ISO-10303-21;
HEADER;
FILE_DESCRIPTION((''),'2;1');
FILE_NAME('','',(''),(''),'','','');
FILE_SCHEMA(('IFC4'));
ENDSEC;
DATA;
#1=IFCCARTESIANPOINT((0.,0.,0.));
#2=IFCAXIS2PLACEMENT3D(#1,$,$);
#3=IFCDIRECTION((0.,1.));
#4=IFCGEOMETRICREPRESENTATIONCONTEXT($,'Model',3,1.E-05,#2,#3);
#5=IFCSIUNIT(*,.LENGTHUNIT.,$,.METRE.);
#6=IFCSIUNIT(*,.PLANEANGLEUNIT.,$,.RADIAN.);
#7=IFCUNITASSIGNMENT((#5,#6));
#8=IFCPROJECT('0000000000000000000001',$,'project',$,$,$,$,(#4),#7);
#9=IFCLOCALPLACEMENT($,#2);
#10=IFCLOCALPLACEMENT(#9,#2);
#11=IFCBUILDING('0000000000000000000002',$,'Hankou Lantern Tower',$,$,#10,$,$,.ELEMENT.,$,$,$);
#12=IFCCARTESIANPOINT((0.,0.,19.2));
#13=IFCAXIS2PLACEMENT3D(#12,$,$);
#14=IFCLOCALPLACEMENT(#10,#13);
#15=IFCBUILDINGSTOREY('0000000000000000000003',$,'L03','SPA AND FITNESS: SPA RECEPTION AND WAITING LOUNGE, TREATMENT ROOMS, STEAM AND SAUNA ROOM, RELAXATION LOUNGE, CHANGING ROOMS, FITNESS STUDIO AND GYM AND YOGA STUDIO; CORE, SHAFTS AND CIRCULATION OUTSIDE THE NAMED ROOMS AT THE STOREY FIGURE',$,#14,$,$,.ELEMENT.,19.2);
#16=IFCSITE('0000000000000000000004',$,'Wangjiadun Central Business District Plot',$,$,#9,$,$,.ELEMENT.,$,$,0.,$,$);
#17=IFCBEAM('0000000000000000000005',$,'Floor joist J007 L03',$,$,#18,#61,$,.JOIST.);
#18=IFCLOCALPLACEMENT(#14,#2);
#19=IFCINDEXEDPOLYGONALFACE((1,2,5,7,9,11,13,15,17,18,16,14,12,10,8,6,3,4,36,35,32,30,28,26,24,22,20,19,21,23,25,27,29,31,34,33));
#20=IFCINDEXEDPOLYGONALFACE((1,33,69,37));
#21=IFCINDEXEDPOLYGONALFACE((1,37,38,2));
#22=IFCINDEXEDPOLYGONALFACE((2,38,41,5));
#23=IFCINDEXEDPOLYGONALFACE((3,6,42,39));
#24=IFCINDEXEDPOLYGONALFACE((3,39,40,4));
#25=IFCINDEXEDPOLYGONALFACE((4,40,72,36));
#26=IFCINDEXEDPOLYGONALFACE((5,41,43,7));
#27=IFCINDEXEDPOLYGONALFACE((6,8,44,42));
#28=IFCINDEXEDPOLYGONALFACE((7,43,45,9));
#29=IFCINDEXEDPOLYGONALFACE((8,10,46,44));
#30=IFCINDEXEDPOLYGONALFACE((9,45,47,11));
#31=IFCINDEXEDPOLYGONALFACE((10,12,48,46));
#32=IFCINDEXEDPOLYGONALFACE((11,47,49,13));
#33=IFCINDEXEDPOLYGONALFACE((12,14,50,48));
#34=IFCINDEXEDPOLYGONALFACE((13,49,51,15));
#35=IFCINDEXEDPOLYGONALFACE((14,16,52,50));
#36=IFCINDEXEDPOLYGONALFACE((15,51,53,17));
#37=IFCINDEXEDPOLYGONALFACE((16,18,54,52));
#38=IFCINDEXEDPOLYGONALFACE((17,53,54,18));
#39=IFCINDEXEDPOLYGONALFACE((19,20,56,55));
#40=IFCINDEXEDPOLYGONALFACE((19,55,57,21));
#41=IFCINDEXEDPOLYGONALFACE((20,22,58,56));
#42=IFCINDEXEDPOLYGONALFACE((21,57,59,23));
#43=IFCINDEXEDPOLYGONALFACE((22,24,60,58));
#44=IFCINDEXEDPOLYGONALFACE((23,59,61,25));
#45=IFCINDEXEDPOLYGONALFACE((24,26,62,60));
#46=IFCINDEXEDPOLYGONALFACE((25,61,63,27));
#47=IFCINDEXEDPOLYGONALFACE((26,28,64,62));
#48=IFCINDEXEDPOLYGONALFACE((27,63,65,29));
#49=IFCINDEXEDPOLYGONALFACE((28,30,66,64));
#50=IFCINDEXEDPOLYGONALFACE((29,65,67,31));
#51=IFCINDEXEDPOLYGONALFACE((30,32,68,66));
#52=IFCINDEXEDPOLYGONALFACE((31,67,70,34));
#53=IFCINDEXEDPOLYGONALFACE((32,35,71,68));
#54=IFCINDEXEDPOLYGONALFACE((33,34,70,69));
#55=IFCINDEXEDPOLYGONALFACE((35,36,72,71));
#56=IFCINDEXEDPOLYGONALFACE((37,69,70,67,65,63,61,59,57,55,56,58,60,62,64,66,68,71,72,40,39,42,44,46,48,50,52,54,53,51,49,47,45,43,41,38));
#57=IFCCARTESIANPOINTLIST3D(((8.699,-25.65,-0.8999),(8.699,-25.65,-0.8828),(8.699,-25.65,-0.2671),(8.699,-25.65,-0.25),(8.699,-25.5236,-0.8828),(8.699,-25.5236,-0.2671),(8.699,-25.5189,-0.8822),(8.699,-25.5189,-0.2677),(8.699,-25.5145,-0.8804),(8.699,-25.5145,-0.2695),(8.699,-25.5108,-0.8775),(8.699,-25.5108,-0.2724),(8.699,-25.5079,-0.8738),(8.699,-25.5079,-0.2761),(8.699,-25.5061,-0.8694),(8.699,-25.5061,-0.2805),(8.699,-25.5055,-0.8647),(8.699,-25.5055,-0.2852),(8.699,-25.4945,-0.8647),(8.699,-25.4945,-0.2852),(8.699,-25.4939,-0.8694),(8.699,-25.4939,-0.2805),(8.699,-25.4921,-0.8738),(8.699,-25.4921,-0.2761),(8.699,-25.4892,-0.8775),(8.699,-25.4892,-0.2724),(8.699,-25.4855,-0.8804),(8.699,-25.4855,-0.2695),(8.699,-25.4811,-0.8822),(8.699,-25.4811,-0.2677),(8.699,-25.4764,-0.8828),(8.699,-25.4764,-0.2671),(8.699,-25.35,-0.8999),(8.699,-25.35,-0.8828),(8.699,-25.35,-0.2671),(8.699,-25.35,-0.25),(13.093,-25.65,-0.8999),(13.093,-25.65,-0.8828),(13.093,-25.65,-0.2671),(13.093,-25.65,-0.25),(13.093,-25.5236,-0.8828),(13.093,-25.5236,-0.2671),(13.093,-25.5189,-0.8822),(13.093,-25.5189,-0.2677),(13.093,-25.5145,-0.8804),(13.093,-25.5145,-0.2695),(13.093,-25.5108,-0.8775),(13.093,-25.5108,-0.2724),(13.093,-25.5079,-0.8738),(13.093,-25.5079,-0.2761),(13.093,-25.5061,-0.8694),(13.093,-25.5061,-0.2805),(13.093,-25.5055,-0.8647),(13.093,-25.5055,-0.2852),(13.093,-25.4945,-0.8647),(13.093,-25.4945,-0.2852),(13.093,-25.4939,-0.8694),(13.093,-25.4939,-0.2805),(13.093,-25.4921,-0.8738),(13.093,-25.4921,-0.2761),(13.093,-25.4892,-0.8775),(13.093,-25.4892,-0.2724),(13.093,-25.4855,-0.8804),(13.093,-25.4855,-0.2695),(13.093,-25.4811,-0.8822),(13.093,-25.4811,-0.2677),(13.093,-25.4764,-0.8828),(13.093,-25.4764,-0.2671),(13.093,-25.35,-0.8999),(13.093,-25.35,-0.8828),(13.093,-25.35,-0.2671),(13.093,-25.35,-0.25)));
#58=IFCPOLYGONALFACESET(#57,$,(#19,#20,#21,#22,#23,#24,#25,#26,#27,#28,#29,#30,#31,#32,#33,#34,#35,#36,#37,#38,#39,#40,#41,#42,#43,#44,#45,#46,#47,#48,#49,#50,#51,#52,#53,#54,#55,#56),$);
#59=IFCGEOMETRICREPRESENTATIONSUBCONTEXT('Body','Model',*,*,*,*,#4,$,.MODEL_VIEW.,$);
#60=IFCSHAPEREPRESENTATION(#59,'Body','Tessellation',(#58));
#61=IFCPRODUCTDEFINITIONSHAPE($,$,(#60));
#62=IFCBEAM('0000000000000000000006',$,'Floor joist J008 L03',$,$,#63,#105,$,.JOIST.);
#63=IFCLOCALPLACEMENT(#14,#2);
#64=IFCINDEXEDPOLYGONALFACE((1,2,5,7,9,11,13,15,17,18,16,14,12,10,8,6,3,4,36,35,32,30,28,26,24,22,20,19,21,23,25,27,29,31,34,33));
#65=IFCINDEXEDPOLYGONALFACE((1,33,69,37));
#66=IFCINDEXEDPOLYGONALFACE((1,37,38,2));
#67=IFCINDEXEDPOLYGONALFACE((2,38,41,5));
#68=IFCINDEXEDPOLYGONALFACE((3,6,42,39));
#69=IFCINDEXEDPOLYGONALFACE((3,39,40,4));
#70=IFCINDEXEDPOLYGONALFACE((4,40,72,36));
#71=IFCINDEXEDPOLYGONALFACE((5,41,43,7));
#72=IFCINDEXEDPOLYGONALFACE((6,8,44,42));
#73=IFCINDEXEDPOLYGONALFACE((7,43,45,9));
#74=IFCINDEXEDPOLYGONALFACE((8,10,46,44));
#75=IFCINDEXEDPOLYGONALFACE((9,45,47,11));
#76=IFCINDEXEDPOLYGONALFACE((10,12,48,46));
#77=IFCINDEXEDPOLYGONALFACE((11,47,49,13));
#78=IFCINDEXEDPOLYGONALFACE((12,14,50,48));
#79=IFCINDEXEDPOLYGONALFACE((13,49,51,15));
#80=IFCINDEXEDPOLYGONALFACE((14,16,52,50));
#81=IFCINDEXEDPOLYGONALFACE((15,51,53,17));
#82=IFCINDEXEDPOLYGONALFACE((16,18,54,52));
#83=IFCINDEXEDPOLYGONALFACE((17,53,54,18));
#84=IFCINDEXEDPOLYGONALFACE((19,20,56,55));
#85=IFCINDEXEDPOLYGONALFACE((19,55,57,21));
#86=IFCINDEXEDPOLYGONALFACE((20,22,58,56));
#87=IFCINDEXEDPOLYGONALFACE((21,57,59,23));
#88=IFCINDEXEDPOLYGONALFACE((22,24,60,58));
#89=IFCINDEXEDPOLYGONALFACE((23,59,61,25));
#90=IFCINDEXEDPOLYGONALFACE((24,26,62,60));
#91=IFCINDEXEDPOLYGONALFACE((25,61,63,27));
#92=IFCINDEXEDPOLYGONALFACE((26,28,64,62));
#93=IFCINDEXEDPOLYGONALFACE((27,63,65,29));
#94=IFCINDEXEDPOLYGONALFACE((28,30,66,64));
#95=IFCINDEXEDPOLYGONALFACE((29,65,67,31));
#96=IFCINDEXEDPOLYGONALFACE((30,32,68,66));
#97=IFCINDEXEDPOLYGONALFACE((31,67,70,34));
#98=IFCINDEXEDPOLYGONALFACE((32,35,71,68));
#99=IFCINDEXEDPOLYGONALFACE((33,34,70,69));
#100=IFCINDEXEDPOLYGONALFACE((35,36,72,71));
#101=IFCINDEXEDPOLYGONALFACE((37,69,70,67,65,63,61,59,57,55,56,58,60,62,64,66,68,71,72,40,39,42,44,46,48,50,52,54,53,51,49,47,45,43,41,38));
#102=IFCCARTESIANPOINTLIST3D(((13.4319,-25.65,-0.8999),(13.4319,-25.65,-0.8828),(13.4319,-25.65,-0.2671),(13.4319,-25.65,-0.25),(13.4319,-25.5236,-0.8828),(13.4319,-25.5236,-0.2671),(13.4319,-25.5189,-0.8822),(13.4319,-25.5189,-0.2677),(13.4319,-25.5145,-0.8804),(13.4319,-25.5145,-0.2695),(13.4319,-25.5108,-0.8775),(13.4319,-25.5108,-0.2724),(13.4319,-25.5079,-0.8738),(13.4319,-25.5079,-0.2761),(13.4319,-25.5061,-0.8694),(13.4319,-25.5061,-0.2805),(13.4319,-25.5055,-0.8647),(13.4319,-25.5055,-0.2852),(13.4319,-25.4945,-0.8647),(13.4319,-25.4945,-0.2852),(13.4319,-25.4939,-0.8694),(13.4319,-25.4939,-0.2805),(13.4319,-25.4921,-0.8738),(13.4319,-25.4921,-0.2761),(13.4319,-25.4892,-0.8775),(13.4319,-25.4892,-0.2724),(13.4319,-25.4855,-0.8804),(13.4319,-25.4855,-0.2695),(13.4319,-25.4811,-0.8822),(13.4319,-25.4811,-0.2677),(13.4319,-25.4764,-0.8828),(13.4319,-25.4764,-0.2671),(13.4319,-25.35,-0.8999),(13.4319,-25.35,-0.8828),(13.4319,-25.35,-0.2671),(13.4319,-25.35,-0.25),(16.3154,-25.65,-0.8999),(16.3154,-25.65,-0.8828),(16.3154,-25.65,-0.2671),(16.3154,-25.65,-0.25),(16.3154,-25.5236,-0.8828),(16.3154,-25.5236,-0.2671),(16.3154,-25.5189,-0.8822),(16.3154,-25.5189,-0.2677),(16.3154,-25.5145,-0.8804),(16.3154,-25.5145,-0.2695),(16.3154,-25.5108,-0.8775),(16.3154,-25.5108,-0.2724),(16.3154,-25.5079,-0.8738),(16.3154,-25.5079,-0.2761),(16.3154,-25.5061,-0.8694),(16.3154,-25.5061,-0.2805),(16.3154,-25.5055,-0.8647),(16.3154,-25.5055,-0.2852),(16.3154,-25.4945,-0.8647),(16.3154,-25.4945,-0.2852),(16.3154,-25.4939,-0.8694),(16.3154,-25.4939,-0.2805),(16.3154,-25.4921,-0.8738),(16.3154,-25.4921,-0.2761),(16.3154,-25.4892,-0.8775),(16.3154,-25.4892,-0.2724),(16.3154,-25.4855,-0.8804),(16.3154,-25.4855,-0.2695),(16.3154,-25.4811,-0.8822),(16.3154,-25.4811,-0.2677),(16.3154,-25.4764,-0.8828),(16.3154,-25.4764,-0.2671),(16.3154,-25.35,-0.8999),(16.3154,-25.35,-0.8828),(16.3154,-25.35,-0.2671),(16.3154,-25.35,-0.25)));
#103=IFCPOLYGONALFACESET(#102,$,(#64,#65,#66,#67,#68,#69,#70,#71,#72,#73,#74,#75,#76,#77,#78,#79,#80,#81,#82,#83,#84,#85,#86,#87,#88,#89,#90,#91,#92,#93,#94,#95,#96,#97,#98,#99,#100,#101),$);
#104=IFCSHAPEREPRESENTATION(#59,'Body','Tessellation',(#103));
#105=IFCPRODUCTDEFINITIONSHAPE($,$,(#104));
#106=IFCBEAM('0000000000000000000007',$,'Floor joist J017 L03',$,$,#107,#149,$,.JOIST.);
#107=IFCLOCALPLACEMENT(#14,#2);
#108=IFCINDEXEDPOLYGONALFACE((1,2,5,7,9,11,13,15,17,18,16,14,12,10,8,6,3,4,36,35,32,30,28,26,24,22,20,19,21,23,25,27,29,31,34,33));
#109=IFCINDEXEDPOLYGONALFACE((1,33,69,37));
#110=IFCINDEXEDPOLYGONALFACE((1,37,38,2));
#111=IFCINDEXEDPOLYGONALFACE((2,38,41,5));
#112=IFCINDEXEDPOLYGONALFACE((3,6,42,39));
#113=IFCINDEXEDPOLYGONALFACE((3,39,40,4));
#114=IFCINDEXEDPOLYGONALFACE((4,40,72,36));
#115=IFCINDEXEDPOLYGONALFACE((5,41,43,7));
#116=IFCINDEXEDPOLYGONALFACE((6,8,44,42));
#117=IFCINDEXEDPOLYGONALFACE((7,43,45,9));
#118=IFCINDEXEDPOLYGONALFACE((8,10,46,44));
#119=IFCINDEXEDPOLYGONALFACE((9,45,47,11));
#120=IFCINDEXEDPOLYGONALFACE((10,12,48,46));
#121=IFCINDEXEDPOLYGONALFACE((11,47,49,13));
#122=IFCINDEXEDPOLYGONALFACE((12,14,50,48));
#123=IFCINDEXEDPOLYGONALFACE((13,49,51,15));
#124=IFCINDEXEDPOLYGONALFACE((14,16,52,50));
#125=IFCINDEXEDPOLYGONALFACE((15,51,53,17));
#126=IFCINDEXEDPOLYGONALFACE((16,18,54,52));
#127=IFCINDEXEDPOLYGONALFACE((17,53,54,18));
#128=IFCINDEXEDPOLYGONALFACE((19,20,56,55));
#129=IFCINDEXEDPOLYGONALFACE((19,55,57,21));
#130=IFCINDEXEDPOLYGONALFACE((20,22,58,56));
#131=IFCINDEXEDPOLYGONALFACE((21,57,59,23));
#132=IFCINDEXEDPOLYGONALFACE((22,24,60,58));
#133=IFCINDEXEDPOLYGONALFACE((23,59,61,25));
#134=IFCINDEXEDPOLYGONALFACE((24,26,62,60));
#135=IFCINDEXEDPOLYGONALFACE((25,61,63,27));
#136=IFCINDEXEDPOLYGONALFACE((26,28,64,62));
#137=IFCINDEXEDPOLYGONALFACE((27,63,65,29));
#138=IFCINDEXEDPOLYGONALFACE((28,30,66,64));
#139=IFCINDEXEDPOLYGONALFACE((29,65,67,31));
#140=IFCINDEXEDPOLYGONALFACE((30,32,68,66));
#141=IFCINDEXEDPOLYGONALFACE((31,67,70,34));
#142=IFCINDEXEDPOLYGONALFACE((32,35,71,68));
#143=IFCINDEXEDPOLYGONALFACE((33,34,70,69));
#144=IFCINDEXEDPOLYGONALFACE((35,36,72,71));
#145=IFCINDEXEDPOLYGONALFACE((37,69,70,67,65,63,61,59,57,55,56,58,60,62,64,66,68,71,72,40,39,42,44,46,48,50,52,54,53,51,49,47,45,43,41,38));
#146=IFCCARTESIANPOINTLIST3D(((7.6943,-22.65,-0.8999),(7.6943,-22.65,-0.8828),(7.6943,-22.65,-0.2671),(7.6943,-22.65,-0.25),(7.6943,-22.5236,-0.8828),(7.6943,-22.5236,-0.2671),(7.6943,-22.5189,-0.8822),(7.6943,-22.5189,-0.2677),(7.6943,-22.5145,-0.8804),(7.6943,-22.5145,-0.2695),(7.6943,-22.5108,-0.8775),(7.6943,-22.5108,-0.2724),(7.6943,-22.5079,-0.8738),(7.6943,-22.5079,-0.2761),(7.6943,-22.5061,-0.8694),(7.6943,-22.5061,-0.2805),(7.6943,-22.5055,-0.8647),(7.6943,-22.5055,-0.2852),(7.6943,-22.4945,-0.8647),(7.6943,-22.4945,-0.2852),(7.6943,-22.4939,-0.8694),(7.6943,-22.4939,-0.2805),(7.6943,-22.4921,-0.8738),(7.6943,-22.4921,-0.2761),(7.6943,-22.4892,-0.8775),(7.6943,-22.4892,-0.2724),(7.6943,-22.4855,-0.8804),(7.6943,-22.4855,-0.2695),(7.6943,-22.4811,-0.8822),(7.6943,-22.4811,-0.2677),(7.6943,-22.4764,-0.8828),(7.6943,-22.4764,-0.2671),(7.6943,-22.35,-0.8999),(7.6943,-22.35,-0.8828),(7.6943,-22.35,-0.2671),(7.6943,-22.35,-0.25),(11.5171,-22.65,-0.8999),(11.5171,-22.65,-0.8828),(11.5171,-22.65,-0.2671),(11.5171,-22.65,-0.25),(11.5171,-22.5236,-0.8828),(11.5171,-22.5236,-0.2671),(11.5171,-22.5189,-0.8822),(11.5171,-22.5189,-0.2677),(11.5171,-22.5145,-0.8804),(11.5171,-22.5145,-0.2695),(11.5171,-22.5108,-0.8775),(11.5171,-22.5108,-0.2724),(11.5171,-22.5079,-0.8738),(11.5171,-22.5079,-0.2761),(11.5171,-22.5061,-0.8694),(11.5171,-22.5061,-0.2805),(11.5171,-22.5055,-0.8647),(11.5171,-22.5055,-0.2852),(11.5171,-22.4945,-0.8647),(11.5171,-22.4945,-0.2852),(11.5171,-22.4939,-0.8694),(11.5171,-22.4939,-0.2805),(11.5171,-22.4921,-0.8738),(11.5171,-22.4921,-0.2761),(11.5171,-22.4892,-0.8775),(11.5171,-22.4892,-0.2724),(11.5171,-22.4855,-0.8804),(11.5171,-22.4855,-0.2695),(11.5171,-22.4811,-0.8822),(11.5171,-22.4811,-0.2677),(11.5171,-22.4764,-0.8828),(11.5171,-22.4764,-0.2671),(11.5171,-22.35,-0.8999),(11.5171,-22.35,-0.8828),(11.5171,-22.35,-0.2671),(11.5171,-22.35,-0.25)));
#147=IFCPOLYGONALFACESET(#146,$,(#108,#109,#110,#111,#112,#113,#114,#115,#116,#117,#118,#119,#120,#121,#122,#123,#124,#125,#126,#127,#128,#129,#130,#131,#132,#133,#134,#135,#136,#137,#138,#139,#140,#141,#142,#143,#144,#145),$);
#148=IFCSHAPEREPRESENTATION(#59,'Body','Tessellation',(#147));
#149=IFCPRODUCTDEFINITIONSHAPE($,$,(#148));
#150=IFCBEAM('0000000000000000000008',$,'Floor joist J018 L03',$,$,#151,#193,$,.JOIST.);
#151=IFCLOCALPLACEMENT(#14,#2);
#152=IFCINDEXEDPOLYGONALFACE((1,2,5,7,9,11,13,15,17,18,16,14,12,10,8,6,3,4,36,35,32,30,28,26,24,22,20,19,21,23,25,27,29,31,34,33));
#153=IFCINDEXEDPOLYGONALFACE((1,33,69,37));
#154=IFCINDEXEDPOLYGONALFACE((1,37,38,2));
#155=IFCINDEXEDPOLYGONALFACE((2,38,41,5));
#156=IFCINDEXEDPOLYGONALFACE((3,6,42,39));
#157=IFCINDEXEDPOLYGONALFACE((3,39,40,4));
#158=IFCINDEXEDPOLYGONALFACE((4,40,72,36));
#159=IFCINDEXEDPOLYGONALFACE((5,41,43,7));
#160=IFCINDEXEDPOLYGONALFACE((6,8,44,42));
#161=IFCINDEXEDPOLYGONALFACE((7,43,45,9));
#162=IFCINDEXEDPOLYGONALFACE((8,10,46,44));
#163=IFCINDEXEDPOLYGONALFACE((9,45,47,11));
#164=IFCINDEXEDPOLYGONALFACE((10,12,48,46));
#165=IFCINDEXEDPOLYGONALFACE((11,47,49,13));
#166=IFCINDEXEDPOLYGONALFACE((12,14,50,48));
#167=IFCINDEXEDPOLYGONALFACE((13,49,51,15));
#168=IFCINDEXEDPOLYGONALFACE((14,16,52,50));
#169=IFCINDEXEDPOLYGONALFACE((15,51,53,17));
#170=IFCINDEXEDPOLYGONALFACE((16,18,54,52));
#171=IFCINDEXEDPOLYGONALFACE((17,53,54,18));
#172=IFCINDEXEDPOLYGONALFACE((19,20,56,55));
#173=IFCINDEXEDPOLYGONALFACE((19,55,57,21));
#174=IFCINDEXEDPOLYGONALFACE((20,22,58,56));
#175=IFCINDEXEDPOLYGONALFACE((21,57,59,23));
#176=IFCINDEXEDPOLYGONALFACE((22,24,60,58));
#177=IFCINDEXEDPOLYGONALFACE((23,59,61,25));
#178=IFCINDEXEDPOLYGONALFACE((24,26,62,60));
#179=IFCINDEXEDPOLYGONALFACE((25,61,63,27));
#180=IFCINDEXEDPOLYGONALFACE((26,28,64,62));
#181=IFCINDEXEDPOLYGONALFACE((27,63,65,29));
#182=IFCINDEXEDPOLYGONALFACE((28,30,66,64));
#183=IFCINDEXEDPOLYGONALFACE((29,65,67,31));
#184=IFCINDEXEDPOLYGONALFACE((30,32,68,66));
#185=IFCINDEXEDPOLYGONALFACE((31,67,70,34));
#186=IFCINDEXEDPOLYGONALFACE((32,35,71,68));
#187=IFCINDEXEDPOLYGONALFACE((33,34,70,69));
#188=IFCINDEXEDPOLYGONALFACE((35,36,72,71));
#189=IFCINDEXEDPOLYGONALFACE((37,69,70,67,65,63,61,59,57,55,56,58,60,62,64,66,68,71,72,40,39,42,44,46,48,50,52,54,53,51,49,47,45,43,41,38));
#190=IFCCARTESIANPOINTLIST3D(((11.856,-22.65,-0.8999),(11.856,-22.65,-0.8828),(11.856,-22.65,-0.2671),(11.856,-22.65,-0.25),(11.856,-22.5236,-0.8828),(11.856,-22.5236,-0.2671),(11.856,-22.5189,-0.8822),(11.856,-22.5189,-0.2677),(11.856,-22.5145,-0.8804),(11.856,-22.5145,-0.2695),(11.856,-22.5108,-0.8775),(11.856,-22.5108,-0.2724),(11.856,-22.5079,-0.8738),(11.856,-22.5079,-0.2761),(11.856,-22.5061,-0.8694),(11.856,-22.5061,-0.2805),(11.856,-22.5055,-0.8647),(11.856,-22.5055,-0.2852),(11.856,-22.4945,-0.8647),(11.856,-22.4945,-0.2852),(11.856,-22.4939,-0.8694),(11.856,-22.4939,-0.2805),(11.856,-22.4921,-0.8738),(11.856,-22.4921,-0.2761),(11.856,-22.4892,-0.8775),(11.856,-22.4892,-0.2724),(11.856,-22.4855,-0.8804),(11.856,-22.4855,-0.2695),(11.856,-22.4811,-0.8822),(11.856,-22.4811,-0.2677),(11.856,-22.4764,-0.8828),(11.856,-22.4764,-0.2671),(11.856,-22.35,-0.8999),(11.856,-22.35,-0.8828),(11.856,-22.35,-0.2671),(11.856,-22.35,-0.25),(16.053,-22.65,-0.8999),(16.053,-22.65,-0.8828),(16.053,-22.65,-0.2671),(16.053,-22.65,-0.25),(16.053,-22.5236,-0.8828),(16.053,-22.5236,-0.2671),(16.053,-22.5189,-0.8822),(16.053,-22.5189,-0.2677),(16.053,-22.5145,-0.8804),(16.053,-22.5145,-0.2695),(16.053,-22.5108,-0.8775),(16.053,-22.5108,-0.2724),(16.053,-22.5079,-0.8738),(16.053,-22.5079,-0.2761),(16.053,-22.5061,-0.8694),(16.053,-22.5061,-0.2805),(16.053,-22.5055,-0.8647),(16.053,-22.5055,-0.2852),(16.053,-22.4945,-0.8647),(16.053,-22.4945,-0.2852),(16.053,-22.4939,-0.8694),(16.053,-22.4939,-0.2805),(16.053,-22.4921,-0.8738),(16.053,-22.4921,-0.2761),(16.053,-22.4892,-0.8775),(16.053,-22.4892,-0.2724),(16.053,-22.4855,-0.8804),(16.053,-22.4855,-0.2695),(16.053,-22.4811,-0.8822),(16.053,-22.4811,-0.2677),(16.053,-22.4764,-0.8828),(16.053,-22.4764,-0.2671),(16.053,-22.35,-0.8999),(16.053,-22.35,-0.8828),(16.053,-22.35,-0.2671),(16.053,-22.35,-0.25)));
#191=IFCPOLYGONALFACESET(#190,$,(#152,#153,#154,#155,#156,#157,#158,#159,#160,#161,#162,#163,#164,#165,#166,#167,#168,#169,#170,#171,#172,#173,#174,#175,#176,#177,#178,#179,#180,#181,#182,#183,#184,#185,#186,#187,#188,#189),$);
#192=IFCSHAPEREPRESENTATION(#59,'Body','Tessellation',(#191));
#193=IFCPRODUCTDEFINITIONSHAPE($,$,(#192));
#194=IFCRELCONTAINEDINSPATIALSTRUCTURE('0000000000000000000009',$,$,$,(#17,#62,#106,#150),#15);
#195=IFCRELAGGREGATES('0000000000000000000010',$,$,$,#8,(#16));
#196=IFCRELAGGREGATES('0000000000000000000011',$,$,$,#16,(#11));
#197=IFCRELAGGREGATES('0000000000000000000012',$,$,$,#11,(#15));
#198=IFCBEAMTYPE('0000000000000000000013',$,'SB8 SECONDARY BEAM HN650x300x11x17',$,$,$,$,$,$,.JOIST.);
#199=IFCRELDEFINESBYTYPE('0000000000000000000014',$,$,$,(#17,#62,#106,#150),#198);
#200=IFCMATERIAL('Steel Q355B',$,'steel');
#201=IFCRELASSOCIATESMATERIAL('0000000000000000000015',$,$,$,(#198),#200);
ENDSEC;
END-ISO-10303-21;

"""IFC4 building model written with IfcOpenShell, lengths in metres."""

from ifc_helpers import new_model, si_unit, direction, frame, origin, origin_2d, place, context, subcontext, project, spatial, i_section, extrude, material, material_profile, profile_set, type_object, element, save


model = new_model("IFC4")

# Units and contexts
model_context = context("Model", 3, precision=1e-05, world=origin(), true_north=direction((0.0, 1.0)))
body_context = subcontext(model_context, "Body", "Model", "MODEL_VIEW")
ifc_project = project(units=[si_unit("LENGTHUNIT", "METRE"), si_unit("PLANEANGLEUNIT", "RADIAN")], contexts=[model_context])

# Site, building, storey
site_placement = place(None, origin())
site = spatial("IfcSite", under=ifc_project, at=site_placement, Name="Wangjiadun Central Business District Plot", CompositionType="ELEMENT", RefElevation=0.0)
building_placement = place(site_placement, origin())
building = spatial("IfcBuilding", under=site, at=building_placement, Name="Hankou Lantern Tower", CompositionType="ELEMENT")
storey_placement = place(building_placement, frame((0.0, 0.0, 19.2)))
storey = spatial("IfcBuildingStorey", under=building, at=storey_placement, Name="L03", Description="SPA AND FITNESS: SPA RECEPTION AND WAITING LOUNGE, TREATMENT ROOMS, STEAM AND SAUNA ROOM, RELAXATION LOUNGE, CHANGING ROOMS, FITNESS STUDIO AND GYM AND YOGA STUDIO; CORE, SHAFTS AND CIRCULATION OUTSIDE THE NAMED ROOMS AT THE STOREY FIGURE", CompositionType="ELEMENT", Elevation=19.2)

# Beams
ifc_material_1 = material(Name="Steel Q355B", Category="steel")
ifc_material_profile_1 = material_profile(ifc_material_1, i_section(OverallWidth=0.3, OverallDepth=0.6499, WebThickness=0.011, FlangeThickness=0.0171, FilletRadius=0.0181, at=origin_2d()), Name="HN650x300x11x17")
ifc_profile_set_1 = profile_set([ifc_material_profile_1], Name="Steel Q355B")
beam_type_1 = type_object("IfcBeamType", Name="SB8 SECONDARY BEAM HN650x300x11x17", PredefinedType="JOIST", material=ifc_profile_set_1)
beam_1_placement = place(storey_placement, frame((8.699, -25.5, -0.575), z_axis=(1.0, 0.0, 0.0), x_axis=(0.0, 1.0, 0.0)))
element("IfcBeam", 1, at=beam_1_placement, inside=storey, type_object=beam_type_1, Name="Floor joist J007 L03", PredefinedType="JOIST", context=body_context, shape_type="SweptSolid", body=[
    extrude(i_section(OverallWidth=0.3, OverallDepth=0.6499, WebThickness=0.011, FlangeThickness=0.0171, FilletRadius=0.0181, at=origin_2d()), origin(), (0.0, 0.0, 1.0), 4.394),
])
beam_2_placement = place(storey_placement, frame((13.4319, -25.5, -0.575), z_axis=(1.0, 0.0, 0.0), x_axis=(0.0, 1.0, 0.0)))
element("IfcBeam", 2, at=beam_2_placement, inside=storey, type_object=beam_type_1, Name="Floor joist J008 L03", PredefinedType="JOIST", context=body_context, shape_type="SweptSolid", body=[
    extrude(i_section(OverallWidth=0.3, OverallDepth=0.6499, WebThickness=0.011, FlangeThickness=0.0171, FilletRadius=0.0181, at=origin_2d()), origin(), (0.0, 0.0, 1.0), 2.8835),
])
beam_3_placement = place(storey_placement, frame((7.6943, -22.5, -0.575), z_axis=(1.0, 0.0, 0.0), x_axis=(0.0, 1.0, 0.0)))
element("IfcBeam", 3, at=beam_3_placement, inside=storey, type_object=beam_type_1, Name="Floor joist J017 L03", PredefinedType="JOIST", context=body_context, shape_type="SweptSolid", body=[
    extrude(i_section(OverallWidth=0.3, OverallDepth=0.6499, WebThickness=0.011, FlangeThickness=0.0171, FilletRadius=0.0181, at=origin_2d()), origin(), (0.0, 0.0, 1.0), 3.8228),
])
beam_4_placement = place(storey_placement, frame((11.856, -22.5, -0.575), z_axis=(1.0, 0.0, 0.0), x_axis=(0.0, 1.0, 0.0)))
element("IfcBeam", 4, at=beam_4_placement, inside=storey, type_object=beam_type_1, Name="Floor joist J018 L03", PredefinedType="JOIST", context=body_context, shape_type="SweptSolid", body=[
    extrude(i_section(OverallWidth=0.3, OverallDepth=0.6499, WebThickness=0.011, FlangeThickness=0.0171, FilletRadius=0.0181, at=origin_2d()), origin(), (0.0, 0.0, 1.0), 4.197),
])

save(model, "model.ifc")
